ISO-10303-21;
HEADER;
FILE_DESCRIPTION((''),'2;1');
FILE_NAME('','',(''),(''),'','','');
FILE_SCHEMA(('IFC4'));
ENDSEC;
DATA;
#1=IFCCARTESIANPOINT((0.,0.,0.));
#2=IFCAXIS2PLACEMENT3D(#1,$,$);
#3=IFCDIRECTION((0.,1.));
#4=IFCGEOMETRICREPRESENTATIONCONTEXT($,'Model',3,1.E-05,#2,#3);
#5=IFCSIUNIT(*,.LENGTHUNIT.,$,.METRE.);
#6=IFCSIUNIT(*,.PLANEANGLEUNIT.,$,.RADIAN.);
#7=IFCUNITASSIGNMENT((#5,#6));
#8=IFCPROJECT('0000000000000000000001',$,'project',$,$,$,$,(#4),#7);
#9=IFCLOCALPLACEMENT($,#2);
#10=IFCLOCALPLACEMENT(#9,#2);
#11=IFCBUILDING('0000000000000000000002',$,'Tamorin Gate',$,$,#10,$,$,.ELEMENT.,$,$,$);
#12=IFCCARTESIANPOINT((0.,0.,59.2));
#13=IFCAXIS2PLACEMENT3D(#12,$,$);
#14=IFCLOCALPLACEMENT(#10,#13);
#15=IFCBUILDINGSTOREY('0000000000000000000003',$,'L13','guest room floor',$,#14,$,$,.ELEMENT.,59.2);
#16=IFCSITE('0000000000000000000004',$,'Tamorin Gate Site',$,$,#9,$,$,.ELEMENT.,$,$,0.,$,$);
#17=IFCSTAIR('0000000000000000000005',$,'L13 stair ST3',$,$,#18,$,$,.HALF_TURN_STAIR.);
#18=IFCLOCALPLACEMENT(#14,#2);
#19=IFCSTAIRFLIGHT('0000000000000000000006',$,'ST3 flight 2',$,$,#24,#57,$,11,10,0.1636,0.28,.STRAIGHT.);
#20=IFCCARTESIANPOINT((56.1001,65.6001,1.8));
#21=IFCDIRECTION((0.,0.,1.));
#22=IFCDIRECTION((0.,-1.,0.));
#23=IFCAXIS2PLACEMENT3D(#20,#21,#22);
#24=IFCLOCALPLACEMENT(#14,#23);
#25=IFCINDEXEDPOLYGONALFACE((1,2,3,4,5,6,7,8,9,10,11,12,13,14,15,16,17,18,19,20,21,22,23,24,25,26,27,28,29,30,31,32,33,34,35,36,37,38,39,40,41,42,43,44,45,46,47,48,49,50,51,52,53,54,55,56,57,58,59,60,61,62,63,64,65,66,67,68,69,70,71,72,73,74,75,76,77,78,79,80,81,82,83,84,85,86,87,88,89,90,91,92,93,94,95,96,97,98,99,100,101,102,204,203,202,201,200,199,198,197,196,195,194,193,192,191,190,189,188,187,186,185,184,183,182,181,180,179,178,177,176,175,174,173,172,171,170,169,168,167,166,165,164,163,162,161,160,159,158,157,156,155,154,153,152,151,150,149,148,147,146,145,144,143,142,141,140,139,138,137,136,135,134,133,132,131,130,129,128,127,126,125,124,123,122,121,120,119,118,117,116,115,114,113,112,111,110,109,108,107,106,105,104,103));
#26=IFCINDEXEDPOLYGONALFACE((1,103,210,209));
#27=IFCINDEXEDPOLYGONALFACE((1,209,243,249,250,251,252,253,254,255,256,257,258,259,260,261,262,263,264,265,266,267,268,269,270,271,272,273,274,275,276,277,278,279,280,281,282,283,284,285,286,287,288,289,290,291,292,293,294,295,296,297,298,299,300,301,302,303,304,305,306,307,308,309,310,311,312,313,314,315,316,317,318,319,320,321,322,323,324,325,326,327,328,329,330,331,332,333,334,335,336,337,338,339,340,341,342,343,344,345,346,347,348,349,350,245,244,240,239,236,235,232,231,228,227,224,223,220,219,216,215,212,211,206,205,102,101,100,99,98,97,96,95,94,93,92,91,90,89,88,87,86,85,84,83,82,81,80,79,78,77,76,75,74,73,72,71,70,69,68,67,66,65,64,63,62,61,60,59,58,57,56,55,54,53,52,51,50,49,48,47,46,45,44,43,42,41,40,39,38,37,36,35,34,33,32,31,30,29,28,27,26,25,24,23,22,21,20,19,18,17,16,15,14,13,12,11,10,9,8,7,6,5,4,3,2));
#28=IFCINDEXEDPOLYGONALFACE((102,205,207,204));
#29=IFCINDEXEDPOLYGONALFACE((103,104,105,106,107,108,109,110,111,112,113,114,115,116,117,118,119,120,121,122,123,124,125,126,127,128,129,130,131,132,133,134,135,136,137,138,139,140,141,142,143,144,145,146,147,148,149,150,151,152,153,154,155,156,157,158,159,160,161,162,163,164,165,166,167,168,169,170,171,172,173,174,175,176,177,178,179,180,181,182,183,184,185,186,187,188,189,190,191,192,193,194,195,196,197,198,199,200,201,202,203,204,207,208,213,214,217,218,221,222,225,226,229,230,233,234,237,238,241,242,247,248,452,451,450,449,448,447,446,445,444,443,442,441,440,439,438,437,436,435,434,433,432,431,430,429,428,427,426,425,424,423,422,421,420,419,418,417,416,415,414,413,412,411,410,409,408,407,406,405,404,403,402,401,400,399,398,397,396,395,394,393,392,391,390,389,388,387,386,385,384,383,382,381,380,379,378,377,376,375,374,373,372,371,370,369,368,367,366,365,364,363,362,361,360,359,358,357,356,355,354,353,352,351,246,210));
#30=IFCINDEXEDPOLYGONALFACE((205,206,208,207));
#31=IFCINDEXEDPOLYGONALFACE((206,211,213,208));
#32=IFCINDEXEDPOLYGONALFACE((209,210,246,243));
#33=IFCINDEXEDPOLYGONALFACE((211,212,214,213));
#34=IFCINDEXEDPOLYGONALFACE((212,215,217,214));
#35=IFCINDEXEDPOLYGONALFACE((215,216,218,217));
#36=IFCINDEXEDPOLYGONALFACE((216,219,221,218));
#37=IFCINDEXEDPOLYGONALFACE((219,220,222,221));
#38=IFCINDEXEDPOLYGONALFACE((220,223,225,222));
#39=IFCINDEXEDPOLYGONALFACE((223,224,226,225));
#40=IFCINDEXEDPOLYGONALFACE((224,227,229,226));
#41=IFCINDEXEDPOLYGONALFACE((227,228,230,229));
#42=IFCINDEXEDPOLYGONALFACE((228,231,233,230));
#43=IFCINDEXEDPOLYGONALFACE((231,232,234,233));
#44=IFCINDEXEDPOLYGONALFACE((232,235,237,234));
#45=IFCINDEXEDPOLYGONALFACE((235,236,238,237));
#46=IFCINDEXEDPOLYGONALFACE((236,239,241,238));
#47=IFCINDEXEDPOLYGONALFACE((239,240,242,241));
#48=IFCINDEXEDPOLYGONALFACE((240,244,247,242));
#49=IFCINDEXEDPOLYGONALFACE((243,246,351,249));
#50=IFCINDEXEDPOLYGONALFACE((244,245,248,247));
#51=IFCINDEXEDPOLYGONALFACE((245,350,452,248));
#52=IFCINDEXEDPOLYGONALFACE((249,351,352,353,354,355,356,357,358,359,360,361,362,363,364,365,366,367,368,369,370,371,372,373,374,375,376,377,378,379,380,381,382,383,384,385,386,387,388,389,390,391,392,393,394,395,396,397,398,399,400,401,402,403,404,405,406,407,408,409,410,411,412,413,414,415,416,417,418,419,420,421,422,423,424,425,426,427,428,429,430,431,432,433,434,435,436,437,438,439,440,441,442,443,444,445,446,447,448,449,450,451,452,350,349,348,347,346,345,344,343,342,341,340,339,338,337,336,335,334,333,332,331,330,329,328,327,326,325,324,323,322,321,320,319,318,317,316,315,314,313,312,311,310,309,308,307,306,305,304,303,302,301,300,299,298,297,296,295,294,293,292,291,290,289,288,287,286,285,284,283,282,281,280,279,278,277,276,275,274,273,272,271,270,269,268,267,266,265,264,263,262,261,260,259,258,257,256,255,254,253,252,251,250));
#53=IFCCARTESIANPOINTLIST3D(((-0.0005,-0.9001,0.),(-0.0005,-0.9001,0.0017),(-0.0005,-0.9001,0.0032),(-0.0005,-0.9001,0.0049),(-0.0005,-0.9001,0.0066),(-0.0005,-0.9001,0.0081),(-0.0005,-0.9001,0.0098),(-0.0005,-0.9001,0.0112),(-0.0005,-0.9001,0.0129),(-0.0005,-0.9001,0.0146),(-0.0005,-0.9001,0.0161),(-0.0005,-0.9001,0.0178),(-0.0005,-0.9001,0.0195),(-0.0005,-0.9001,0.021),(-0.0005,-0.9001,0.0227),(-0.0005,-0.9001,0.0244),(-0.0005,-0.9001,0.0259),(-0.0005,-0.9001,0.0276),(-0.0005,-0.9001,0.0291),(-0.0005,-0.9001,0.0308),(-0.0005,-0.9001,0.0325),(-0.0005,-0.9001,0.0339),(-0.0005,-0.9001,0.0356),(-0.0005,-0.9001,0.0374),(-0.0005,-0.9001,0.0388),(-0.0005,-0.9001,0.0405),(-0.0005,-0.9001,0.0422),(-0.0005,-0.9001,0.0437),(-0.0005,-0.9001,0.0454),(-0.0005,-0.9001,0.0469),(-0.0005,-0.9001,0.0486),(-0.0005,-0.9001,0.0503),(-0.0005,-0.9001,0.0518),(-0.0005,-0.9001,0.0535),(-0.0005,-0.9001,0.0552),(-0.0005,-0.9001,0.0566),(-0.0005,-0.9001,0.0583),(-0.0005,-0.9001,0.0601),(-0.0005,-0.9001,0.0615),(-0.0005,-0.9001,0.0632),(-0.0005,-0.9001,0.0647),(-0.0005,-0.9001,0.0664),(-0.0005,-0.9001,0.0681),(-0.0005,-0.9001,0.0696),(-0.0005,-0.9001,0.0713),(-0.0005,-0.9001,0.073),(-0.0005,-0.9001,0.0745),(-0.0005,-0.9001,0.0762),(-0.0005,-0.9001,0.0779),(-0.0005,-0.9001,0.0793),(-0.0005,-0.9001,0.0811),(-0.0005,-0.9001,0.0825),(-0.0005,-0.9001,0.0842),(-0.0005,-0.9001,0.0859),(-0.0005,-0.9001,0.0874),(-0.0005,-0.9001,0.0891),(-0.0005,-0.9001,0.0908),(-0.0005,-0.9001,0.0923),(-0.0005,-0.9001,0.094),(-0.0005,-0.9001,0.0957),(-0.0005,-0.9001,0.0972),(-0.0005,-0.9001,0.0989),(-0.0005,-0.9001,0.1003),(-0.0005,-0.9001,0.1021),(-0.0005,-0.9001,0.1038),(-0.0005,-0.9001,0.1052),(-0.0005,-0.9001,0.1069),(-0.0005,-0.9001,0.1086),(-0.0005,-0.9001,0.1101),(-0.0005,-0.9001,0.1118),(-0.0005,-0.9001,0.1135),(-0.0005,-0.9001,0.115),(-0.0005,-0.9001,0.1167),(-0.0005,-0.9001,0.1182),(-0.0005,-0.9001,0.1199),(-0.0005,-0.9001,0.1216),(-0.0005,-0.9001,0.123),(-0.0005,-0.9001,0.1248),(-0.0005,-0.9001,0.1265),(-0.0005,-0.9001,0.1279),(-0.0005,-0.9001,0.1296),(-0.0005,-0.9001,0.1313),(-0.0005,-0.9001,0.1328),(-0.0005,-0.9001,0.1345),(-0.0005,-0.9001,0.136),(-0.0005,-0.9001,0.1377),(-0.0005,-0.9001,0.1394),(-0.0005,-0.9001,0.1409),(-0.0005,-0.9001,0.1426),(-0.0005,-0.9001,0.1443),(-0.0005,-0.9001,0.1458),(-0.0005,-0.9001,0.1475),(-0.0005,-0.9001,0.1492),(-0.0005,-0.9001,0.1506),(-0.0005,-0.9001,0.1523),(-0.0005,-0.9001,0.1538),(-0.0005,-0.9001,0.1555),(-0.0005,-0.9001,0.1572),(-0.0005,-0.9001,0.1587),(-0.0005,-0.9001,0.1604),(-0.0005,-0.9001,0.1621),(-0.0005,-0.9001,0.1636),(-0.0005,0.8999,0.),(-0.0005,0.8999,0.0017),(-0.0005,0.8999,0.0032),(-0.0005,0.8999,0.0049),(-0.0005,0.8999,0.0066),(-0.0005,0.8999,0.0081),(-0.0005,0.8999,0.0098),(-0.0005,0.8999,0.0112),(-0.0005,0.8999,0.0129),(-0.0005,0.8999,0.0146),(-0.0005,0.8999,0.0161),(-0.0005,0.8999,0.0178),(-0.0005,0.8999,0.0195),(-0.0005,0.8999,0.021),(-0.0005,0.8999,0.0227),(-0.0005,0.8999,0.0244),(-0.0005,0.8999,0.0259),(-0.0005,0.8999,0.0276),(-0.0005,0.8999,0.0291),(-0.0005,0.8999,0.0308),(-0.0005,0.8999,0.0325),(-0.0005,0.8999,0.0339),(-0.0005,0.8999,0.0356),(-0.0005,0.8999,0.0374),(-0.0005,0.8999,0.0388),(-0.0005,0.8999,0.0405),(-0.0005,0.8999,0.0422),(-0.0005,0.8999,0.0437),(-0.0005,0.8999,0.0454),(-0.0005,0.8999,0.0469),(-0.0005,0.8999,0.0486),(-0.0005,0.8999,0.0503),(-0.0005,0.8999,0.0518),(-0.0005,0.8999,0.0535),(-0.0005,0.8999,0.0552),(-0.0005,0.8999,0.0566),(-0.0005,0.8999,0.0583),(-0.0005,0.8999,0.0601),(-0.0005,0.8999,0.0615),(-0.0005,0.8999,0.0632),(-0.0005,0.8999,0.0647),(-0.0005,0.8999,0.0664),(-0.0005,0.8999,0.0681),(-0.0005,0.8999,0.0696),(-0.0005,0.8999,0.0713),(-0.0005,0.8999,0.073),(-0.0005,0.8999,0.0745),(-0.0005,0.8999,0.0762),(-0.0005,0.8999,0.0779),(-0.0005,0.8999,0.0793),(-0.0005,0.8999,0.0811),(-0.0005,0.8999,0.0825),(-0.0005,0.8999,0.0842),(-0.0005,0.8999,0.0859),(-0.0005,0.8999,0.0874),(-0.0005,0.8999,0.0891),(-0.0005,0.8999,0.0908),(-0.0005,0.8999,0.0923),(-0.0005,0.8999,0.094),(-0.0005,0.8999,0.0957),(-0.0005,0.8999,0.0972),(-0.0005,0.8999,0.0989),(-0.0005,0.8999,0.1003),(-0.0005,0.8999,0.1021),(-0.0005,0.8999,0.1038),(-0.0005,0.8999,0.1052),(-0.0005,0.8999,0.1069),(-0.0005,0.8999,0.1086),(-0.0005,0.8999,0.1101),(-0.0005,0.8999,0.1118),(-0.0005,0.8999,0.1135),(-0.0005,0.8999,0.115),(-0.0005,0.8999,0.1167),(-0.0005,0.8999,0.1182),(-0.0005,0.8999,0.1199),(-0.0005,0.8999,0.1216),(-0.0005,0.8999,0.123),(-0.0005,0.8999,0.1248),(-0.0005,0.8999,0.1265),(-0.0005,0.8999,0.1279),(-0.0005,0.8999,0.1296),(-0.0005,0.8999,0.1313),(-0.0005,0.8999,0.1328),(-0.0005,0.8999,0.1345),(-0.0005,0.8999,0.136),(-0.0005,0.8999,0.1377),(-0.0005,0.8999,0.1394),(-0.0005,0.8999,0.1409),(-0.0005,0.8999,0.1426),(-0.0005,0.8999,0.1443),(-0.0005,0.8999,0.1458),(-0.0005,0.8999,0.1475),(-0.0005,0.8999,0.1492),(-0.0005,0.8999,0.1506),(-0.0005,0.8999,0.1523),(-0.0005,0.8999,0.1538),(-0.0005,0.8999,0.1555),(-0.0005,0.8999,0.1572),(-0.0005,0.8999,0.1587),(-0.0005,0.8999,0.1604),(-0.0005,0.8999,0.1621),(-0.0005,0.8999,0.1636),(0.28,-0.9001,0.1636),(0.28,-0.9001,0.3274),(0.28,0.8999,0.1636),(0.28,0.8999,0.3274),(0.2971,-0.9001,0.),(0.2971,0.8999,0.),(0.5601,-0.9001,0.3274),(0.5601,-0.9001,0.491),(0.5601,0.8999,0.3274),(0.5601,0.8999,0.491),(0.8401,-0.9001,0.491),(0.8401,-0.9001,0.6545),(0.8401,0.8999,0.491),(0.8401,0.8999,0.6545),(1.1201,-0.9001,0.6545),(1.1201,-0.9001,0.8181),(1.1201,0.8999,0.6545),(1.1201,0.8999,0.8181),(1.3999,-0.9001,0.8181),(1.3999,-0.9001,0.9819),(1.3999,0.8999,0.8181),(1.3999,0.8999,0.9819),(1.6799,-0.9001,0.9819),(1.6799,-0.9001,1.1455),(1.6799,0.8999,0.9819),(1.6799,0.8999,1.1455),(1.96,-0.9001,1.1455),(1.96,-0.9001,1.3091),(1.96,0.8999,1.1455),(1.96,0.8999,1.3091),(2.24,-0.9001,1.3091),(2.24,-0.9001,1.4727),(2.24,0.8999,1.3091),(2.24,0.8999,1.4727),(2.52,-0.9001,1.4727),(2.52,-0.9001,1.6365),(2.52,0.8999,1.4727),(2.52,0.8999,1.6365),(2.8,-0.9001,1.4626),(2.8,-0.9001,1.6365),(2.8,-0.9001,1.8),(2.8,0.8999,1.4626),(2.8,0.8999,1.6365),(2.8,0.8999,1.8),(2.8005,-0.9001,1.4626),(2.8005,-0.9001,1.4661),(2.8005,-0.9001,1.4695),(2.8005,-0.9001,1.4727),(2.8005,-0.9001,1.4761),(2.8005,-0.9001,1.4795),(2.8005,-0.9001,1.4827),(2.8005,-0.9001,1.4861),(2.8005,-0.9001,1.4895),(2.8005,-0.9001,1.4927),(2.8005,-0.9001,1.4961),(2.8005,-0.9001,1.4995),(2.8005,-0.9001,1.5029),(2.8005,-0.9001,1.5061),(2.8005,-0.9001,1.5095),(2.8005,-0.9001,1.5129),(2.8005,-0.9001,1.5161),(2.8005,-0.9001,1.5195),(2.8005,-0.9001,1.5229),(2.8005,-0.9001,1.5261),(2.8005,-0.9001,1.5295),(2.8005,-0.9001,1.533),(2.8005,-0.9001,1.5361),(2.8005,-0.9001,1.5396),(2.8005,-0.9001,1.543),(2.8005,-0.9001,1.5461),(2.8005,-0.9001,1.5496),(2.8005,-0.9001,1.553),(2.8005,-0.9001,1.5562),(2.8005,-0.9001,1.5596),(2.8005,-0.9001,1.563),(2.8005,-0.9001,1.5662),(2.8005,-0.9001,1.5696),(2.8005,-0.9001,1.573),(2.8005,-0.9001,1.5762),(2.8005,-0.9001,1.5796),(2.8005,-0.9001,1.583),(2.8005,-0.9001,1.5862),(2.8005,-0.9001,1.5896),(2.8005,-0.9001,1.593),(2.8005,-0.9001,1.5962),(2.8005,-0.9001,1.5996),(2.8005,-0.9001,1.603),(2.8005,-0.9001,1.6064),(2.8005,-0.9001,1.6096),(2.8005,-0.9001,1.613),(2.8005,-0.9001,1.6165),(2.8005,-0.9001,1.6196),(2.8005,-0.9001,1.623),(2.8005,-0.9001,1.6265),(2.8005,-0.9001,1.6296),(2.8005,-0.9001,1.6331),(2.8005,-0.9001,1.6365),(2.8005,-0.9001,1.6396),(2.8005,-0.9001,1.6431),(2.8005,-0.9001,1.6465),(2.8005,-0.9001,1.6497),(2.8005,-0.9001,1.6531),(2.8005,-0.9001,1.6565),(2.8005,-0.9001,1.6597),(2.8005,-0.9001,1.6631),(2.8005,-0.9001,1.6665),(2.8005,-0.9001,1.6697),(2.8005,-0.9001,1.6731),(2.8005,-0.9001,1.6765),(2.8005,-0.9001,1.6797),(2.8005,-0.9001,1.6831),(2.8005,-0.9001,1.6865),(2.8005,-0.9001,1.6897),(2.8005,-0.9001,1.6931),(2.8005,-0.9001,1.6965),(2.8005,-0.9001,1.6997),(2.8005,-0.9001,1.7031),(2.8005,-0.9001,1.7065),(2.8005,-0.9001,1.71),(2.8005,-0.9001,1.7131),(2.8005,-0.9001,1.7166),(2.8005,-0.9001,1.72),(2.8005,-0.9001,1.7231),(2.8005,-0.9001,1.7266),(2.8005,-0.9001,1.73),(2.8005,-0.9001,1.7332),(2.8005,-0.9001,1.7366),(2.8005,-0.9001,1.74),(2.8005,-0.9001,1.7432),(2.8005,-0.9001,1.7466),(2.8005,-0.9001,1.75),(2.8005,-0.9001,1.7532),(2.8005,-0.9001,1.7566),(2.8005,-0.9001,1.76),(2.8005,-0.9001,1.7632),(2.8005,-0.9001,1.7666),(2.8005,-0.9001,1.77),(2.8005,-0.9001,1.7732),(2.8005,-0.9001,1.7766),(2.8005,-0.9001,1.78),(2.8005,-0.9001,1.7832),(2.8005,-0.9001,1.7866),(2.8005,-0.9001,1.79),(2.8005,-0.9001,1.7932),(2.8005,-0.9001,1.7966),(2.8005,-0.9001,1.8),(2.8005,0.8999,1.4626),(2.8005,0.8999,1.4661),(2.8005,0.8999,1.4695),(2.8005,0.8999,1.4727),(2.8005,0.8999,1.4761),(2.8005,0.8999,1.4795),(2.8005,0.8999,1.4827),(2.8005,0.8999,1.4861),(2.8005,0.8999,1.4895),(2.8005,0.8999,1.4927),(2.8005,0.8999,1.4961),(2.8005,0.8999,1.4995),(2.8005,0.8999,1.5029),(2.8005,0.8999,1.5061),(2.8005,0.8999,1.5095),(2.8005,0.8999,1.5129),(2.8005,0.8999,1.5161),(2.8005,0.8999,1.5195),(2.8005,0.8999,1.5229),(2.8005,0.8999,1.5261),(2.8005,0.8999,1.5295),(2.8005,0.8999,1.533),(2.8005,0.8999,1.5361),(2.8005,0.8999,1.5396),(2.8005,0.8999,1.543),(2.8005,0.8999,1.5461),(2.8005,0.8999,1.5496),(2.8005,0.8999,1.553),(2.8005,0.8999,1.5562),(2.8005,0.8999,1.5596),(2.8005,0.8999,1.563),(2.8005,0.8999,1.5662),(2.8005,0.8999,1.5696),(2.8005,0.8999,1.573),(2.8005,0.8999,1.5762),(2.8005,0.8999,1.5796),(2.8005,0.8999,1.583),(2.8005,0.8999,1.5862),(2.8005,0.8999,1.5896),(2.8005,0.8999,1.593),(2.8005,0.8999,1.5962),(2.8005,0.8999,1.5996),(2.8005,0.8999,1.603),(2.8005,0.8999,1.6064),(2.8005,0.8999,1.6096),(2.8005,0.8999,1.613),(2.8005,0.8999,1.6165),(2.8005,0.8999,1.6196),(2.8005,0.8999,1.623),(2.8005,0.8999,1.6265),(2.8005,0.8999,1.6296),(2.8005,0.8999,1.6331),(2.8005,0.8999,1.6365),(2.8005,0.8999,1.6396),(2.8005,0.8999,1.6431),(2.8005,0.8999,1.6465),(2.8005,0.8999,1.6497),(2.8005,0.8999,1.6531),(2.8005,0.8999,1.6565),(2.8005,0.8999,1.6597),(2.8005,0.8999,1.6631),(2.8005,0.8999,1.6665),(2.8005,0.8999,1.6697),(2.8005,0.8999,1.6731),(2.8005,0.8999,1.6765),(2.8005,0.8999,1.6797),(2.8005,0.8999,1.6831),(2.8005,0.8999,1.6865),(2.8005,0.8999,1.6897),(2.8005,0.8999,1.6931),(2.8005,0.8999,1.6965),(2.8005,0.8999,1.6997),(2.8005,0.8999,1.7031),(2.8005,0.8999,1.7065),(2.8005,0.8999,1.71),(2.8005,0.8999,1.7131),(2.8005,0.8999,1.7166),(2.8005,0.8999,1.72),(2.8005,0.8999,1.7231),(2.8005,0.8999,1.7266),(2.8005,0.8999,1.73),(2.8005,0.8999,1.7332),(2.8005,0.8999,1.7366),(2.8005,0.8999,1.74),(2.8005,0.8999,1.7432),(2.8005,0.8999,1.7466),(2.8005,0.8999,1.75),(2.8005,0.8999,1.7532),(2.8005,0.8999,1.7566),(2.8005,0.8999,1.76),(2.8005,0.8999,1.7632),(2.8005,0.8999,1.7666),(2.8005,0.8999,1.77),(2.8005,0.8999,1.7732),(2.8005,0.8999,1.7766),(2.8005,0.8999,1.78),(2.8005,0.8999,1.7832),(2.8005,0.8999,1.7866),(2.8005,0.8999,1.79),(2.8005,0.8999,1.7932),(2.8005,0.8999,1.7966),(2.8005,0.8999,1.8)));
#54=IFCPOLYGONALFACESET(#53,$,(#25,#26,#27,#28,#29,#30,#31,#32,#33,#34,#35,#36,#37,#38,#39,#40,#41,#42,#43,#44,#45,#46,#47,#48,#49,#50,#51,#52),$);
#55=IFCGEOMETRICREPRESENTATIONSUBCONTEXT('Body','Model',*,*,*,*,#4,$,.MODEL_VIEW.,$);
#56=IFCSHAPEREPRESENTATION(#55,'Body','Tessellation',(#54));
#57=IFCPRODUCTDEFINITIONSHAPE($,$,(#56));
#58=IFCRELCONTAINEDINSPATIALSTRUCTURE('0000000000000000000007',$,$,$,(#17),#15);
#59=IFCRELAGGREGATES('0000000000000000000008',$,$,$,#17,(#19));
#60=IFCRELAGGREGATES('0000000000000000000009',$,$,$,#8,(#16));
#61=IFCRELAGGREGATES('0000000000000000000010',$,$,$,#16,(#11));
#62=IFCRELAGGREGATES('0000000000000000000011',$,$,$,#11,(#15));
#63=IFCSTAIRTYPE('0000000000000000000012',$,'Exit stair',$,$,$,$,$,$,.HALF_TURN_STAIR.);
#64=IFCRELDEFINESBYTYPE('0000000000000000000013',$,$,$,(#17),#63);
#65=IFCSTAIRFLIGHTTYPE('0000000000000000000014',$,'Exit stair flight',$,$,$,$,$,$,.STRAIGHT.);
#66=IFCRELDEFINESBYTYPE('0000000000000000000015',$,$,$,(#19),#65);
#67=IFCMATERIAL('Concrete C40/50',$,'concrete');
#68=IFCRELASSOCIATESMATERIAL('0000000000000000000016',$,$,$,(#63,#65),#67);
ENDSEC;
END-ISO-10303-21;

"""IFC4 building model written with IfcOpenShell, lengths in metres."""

from ifc_helpers import new_model, si_unit, direction, frame, origin, place, context, subcontext, project, spatial, polyline, outline, extrude, material, type_object, element, aggregate, save


model = new_model("IFC4")

# Units and contexts
model_context = context("Model", 3, precision=1e-05, world=origin(), true_north=direction((0.0, 1.0)))
body_context = subcontext(model_context, "Body", "Model", "MODEL_VIEW")
ifc_project = project(units=[si_unit("LENGTHUNIT", "METRE"), si_unit("PLANEANGLEUNIT", "RADIAN")], contexts=[model_context])

# Site, building, storey
site_placement = place(None, origin())
site = spatial("IfcSite", under=ifc_project, at=site_placement, Name="Tamorin Gate Site", CompositionType="ELEMENT", RefElevation=0.0)
building_placement = place(site_placement, origin())
building = spatial("IfcBuilding", under=site, at=building_placement, Name="Tamorin Gate", CompositionType="ELEMENT")
storey_placement = place(building_placement, frame((0.0, 0.0, 59.2)))
storey = spatial("IfcBuildingStorey", under=building, at=storey_placement, Name="L13", Description="guest room floor", CompositionType="ELEMENT", Elevation=59.2)

# Shared definitions
ifc_material_1 = material(Name="Concrete C40/50", Category="concrete")

# Stair, stair flight
stair_type = type_object("IfcStairType", Name="Exit stair", PredefinedType="HALF_TURN_STAIR", material=ifc_material_1)
stair_placement = place(storey_placement, origin())
stair = element("IfcStair", 1, at=stair_placement, inside=storey, type_object=stair_type, Name="L13 stair ST3", PredefinedType="HALF_TURN_STAIR")
stair_flight_type = type_object("IfcStairFlightType", Name="Exit stair flight", PredefinedType="STRAIGHT", material=ifc_material_1)
stair_flight_1_placement = place(storey_placement, frame((56.1001, 65.6001, 1.8), z_axis=(0.0, 0.0, 1.0), x_axis=(0.0, -1.0, 0.0)))
stair_flight_1 = element("IfcStairFlight", 2, at=stair_flight_1_placement, type_object=stair_flight_type, Name="ST3 flight 2", NumberOfRisers=11, NumberOfTreads=10, PredefinedType="STRAIGHT", RiserHeight=0.1636, TreadLength=0.28, context=body_context, shape_type="SweptSolid", body=[
    extrude(outline(polyline([(-0.0005, 0.0), (-0.0005, 0.0017), (-0.0005, 0.0032), (-0.0005, 0.0049), (-0.0005, 0.0066), (-0.0005, 0.0081), (-0.0005, 0.0098), (-0.0005, 0.0112), (-0.0005, 0.0129), (-0.0005, 0.0146), (-0.0005, 0.0161), (-0.0005, 0.0178), (-0.0005, 0.0195), (-0.0005, 0.021), (-0.0005, 0.0227), (-0.0005, 0.0244), (-0.0005, 0.0259), (-0.0005, 0.0276), (-0.0005, 0.0291), (-0.0005, 0.0308), (-0.0005, 0.0325), (-0.0005, 0.0339), (-0.0005, 0.0356), (-0.0005, 0.0374), (-0.0005, 0.0388), (-0.0005, 0.0405), (-0.0005, 0.0422), (-0.0005, 0.0437), (-0.0005, 0.0454), (-0.0005, 0.0469), (-0.0005, 0.0486), (-0.0005, 0.0503), (-0.0005, 0.0518), (-0.0005, 0.0535), (-0.0005, 0.0552), (-0.0005, 0.0566), (-0.0005, 0.0583), (-0.0005, 0.0601), (-0.0005, 0.0615), (-0.0005, 0.0632), (-0.0005, 0.0647), (-0.0005, 0.0664), (-0.0005, 0.0681), (-0.0005, 0.0696), (-0.0005, 0.0713), (-0.0005, 0.073), (-0.0005, 0.0745), (-0.0005, 0.0762), (-0.0005, 0.0779), (-0.0005, 0.0793), (-0.0005, 0.0811), (-0.0005, 0.0825), (-0.0005, 0.0842), (-0.0005, 0.0859), (-0.0005, 0.0874), (-0.0005, 0.0891), (-0.0005, 0.0908), (-0.0005, 0.0923), (-0.0005, 0.094), (-0.0005, 0.0957), (-0.0005, 0.0972), (-0.0005, 0.0989), (-0.0005, 0.1003), (-0.0005, 0.1021), (-0.0005, 0.1038), (-0.0005, 0.1052), (-0.0005, 0.1069), (-0.0005, 0.1086), (-0.0005, 0.1101), (-0.0005, 0.1118), (-0.0005, 0.1135), (-0.0005, 0.115), (-0.0005, 0.1167), (-0.0005, 0.1182), (-0.0005, 0.1199), (-0.0005, 0.1216), (-0.0005, 0.123), (-0.0005, 0.1248), (-0.0005, 0.1265), (-0.0005, 0.1279), (-0.0005, 0.1296), (-0.0005, 0.1313), (-0.0005, 0.1328), (-0.0005, 0.1345), (-0.0005, 0.136), (-0.0005, 0.1377), (-0.0005, 0.1394), (-0.0005, 0.1409), (-0.0005, 0.1426), (-0.0005, 0.1443), (-0.0005, 0.1458), (-0.0005, 0.1475), (-0.0005, 0.1492), (-0.0005, 0.1506), (-0.0005, 0.1523), (-0.0005, 0.1538), (-0.0005, 0.1555), (-0.0005, 0.1572), (-0.0005, 0.1587), (-0.0005, 0.1604), (-0.0005, 0.1621), (-0.0005, 0.1636), (0.28, 0.1636), (0.28, 0.3274), (0.5601, 0.3274), (0.5601, 0.491), (0.8401, 0.491), (0.8401, 0.6545), (1.1201, 0.6545), (1.1201, 0.8181), (1.3999, 0.8181), (1.3999, 0.9819), (1.6799, 0.9819), (1.6799, 1.1455), (1.96, 1.1455), (1.96, 1.3091), (2.24, 1.3091), (2.24, 1.4727), (2.52, 1.4727), (2.52, 1.6365), (2.8, 1.6365), (2.8, 1.8), (2.8005, 1.8), (2.8005, 1.7966), (2.8005, 1.7932), (2.8005, 1.79), (2.8005, 1.7866), (2.8005, 1.7832), (2.8005, 1.78), (2.8005, 1.7766), (2.8005, 1.7732), (2.8005, 1.77), (2.8005, 1.7666), (2.8005, 1.7632), (2.8005, 1.76), (2.8005, 1.7566), (2.8005, 1.7532), (2.8005, 1.75), (2.8005, 1.7466), (2.8005, 1.7432), (2.8005, 1.74), (2.8005, 1.7366), (2.8005, 1.7332), (2.8005, 1.73), (2.8005, 1.7266), (2.8005, 1.7231), (2.8005, 1.72), (2.8005, 1.7166), (2.8005, 1.7131), (2.8005, 1.71), (2.8005, 1.7065), (2.8005, 1.7031), (2.8005, 1.6997), (2.8005, 1.6965), (2.8005, 1.6931), (2.8005, 1.6897), (2.8005, 1.6865), (2.8005, 1.6831), (2.8005, 1.6797), (2.8005, 1.6765), (2.8005, 1.6731), (2.8005, 1.6697), (2.8005, 1.6665), (2.8005, 1.6631), (2.8005, 1.6597), (2.8005, 1.6565), (2.8005, 1.6531), (2.8005, 1.6497), (2.8005, 1.6465), (2.8005, 1.6431), (2.8005, 1.6396), (2.8005, 1.6365), (2.8005, 1.6331), (2.8005, 1.6296), (2.8005, 1.6265), (2.8005, 1.623), (2.8005, 1.6196), (2.8005, 1.6165), (2.8005, 1.613), (2.8005, 1.6096), (2.8005, 1.6064), (2.8005, 1.603), (2.8005, 1.5996), (2.8005, 1.5962), (2.8005, 1.593), (2.8005, 1.5896), (2.8005, 1.5862), (2.8005, 1.583), (2.8005, 1.5796), (2.8005, 1.5762), (2.8005, 1.573), (2.8005, 1.5696), (2.8005, 1.5662), (2.8005, 1.563), (2.8005, 1.5596), (2.8005, 1.5562), (2.8005, 1.553), (2.8005, 1.5496), (2.8005, 1.5461), (2.8005, 1.543), (2.8005, 1.5396), (2.8005, 1.5361), (2.8005, 1.533), (2.8005, 1.5295), (2.8005, 1.5261), (2.8005, 1.5229), (2.8005, 1.5195), (2.8005, 1.5161), (2.8005, 1.5129), (2.8005, 1.5095), (2.8005, 1.5061), (2.8005, 1.5029), (2.8005, 1.4995), (2.8005, 1.4961), (2.8005, 1.4927), (2.8005, 1.4895), (2.8005, 1.4861), (2.8005, 1.4827), (2.8005, 1.4795), (2.8005, 1.4761), (2.8005, 1.4727), (2.8005, 1.4695), (2.8005, 1.4661), (2.8005, 1.4626), (2.8, 1.4626), (0.2971, 0.0), (-0.0005, 0.0)])), frame((0.0, 0.8999, 0.0), z_axis=(0.0, -1.0, 0.0), x_axis=(1.0, 0.0, 0.0)), (0.0, 0.0, 1.0), 1.8),
])
aggregate(stair, [stair_flight_1])

save(model, "model.ifc")
